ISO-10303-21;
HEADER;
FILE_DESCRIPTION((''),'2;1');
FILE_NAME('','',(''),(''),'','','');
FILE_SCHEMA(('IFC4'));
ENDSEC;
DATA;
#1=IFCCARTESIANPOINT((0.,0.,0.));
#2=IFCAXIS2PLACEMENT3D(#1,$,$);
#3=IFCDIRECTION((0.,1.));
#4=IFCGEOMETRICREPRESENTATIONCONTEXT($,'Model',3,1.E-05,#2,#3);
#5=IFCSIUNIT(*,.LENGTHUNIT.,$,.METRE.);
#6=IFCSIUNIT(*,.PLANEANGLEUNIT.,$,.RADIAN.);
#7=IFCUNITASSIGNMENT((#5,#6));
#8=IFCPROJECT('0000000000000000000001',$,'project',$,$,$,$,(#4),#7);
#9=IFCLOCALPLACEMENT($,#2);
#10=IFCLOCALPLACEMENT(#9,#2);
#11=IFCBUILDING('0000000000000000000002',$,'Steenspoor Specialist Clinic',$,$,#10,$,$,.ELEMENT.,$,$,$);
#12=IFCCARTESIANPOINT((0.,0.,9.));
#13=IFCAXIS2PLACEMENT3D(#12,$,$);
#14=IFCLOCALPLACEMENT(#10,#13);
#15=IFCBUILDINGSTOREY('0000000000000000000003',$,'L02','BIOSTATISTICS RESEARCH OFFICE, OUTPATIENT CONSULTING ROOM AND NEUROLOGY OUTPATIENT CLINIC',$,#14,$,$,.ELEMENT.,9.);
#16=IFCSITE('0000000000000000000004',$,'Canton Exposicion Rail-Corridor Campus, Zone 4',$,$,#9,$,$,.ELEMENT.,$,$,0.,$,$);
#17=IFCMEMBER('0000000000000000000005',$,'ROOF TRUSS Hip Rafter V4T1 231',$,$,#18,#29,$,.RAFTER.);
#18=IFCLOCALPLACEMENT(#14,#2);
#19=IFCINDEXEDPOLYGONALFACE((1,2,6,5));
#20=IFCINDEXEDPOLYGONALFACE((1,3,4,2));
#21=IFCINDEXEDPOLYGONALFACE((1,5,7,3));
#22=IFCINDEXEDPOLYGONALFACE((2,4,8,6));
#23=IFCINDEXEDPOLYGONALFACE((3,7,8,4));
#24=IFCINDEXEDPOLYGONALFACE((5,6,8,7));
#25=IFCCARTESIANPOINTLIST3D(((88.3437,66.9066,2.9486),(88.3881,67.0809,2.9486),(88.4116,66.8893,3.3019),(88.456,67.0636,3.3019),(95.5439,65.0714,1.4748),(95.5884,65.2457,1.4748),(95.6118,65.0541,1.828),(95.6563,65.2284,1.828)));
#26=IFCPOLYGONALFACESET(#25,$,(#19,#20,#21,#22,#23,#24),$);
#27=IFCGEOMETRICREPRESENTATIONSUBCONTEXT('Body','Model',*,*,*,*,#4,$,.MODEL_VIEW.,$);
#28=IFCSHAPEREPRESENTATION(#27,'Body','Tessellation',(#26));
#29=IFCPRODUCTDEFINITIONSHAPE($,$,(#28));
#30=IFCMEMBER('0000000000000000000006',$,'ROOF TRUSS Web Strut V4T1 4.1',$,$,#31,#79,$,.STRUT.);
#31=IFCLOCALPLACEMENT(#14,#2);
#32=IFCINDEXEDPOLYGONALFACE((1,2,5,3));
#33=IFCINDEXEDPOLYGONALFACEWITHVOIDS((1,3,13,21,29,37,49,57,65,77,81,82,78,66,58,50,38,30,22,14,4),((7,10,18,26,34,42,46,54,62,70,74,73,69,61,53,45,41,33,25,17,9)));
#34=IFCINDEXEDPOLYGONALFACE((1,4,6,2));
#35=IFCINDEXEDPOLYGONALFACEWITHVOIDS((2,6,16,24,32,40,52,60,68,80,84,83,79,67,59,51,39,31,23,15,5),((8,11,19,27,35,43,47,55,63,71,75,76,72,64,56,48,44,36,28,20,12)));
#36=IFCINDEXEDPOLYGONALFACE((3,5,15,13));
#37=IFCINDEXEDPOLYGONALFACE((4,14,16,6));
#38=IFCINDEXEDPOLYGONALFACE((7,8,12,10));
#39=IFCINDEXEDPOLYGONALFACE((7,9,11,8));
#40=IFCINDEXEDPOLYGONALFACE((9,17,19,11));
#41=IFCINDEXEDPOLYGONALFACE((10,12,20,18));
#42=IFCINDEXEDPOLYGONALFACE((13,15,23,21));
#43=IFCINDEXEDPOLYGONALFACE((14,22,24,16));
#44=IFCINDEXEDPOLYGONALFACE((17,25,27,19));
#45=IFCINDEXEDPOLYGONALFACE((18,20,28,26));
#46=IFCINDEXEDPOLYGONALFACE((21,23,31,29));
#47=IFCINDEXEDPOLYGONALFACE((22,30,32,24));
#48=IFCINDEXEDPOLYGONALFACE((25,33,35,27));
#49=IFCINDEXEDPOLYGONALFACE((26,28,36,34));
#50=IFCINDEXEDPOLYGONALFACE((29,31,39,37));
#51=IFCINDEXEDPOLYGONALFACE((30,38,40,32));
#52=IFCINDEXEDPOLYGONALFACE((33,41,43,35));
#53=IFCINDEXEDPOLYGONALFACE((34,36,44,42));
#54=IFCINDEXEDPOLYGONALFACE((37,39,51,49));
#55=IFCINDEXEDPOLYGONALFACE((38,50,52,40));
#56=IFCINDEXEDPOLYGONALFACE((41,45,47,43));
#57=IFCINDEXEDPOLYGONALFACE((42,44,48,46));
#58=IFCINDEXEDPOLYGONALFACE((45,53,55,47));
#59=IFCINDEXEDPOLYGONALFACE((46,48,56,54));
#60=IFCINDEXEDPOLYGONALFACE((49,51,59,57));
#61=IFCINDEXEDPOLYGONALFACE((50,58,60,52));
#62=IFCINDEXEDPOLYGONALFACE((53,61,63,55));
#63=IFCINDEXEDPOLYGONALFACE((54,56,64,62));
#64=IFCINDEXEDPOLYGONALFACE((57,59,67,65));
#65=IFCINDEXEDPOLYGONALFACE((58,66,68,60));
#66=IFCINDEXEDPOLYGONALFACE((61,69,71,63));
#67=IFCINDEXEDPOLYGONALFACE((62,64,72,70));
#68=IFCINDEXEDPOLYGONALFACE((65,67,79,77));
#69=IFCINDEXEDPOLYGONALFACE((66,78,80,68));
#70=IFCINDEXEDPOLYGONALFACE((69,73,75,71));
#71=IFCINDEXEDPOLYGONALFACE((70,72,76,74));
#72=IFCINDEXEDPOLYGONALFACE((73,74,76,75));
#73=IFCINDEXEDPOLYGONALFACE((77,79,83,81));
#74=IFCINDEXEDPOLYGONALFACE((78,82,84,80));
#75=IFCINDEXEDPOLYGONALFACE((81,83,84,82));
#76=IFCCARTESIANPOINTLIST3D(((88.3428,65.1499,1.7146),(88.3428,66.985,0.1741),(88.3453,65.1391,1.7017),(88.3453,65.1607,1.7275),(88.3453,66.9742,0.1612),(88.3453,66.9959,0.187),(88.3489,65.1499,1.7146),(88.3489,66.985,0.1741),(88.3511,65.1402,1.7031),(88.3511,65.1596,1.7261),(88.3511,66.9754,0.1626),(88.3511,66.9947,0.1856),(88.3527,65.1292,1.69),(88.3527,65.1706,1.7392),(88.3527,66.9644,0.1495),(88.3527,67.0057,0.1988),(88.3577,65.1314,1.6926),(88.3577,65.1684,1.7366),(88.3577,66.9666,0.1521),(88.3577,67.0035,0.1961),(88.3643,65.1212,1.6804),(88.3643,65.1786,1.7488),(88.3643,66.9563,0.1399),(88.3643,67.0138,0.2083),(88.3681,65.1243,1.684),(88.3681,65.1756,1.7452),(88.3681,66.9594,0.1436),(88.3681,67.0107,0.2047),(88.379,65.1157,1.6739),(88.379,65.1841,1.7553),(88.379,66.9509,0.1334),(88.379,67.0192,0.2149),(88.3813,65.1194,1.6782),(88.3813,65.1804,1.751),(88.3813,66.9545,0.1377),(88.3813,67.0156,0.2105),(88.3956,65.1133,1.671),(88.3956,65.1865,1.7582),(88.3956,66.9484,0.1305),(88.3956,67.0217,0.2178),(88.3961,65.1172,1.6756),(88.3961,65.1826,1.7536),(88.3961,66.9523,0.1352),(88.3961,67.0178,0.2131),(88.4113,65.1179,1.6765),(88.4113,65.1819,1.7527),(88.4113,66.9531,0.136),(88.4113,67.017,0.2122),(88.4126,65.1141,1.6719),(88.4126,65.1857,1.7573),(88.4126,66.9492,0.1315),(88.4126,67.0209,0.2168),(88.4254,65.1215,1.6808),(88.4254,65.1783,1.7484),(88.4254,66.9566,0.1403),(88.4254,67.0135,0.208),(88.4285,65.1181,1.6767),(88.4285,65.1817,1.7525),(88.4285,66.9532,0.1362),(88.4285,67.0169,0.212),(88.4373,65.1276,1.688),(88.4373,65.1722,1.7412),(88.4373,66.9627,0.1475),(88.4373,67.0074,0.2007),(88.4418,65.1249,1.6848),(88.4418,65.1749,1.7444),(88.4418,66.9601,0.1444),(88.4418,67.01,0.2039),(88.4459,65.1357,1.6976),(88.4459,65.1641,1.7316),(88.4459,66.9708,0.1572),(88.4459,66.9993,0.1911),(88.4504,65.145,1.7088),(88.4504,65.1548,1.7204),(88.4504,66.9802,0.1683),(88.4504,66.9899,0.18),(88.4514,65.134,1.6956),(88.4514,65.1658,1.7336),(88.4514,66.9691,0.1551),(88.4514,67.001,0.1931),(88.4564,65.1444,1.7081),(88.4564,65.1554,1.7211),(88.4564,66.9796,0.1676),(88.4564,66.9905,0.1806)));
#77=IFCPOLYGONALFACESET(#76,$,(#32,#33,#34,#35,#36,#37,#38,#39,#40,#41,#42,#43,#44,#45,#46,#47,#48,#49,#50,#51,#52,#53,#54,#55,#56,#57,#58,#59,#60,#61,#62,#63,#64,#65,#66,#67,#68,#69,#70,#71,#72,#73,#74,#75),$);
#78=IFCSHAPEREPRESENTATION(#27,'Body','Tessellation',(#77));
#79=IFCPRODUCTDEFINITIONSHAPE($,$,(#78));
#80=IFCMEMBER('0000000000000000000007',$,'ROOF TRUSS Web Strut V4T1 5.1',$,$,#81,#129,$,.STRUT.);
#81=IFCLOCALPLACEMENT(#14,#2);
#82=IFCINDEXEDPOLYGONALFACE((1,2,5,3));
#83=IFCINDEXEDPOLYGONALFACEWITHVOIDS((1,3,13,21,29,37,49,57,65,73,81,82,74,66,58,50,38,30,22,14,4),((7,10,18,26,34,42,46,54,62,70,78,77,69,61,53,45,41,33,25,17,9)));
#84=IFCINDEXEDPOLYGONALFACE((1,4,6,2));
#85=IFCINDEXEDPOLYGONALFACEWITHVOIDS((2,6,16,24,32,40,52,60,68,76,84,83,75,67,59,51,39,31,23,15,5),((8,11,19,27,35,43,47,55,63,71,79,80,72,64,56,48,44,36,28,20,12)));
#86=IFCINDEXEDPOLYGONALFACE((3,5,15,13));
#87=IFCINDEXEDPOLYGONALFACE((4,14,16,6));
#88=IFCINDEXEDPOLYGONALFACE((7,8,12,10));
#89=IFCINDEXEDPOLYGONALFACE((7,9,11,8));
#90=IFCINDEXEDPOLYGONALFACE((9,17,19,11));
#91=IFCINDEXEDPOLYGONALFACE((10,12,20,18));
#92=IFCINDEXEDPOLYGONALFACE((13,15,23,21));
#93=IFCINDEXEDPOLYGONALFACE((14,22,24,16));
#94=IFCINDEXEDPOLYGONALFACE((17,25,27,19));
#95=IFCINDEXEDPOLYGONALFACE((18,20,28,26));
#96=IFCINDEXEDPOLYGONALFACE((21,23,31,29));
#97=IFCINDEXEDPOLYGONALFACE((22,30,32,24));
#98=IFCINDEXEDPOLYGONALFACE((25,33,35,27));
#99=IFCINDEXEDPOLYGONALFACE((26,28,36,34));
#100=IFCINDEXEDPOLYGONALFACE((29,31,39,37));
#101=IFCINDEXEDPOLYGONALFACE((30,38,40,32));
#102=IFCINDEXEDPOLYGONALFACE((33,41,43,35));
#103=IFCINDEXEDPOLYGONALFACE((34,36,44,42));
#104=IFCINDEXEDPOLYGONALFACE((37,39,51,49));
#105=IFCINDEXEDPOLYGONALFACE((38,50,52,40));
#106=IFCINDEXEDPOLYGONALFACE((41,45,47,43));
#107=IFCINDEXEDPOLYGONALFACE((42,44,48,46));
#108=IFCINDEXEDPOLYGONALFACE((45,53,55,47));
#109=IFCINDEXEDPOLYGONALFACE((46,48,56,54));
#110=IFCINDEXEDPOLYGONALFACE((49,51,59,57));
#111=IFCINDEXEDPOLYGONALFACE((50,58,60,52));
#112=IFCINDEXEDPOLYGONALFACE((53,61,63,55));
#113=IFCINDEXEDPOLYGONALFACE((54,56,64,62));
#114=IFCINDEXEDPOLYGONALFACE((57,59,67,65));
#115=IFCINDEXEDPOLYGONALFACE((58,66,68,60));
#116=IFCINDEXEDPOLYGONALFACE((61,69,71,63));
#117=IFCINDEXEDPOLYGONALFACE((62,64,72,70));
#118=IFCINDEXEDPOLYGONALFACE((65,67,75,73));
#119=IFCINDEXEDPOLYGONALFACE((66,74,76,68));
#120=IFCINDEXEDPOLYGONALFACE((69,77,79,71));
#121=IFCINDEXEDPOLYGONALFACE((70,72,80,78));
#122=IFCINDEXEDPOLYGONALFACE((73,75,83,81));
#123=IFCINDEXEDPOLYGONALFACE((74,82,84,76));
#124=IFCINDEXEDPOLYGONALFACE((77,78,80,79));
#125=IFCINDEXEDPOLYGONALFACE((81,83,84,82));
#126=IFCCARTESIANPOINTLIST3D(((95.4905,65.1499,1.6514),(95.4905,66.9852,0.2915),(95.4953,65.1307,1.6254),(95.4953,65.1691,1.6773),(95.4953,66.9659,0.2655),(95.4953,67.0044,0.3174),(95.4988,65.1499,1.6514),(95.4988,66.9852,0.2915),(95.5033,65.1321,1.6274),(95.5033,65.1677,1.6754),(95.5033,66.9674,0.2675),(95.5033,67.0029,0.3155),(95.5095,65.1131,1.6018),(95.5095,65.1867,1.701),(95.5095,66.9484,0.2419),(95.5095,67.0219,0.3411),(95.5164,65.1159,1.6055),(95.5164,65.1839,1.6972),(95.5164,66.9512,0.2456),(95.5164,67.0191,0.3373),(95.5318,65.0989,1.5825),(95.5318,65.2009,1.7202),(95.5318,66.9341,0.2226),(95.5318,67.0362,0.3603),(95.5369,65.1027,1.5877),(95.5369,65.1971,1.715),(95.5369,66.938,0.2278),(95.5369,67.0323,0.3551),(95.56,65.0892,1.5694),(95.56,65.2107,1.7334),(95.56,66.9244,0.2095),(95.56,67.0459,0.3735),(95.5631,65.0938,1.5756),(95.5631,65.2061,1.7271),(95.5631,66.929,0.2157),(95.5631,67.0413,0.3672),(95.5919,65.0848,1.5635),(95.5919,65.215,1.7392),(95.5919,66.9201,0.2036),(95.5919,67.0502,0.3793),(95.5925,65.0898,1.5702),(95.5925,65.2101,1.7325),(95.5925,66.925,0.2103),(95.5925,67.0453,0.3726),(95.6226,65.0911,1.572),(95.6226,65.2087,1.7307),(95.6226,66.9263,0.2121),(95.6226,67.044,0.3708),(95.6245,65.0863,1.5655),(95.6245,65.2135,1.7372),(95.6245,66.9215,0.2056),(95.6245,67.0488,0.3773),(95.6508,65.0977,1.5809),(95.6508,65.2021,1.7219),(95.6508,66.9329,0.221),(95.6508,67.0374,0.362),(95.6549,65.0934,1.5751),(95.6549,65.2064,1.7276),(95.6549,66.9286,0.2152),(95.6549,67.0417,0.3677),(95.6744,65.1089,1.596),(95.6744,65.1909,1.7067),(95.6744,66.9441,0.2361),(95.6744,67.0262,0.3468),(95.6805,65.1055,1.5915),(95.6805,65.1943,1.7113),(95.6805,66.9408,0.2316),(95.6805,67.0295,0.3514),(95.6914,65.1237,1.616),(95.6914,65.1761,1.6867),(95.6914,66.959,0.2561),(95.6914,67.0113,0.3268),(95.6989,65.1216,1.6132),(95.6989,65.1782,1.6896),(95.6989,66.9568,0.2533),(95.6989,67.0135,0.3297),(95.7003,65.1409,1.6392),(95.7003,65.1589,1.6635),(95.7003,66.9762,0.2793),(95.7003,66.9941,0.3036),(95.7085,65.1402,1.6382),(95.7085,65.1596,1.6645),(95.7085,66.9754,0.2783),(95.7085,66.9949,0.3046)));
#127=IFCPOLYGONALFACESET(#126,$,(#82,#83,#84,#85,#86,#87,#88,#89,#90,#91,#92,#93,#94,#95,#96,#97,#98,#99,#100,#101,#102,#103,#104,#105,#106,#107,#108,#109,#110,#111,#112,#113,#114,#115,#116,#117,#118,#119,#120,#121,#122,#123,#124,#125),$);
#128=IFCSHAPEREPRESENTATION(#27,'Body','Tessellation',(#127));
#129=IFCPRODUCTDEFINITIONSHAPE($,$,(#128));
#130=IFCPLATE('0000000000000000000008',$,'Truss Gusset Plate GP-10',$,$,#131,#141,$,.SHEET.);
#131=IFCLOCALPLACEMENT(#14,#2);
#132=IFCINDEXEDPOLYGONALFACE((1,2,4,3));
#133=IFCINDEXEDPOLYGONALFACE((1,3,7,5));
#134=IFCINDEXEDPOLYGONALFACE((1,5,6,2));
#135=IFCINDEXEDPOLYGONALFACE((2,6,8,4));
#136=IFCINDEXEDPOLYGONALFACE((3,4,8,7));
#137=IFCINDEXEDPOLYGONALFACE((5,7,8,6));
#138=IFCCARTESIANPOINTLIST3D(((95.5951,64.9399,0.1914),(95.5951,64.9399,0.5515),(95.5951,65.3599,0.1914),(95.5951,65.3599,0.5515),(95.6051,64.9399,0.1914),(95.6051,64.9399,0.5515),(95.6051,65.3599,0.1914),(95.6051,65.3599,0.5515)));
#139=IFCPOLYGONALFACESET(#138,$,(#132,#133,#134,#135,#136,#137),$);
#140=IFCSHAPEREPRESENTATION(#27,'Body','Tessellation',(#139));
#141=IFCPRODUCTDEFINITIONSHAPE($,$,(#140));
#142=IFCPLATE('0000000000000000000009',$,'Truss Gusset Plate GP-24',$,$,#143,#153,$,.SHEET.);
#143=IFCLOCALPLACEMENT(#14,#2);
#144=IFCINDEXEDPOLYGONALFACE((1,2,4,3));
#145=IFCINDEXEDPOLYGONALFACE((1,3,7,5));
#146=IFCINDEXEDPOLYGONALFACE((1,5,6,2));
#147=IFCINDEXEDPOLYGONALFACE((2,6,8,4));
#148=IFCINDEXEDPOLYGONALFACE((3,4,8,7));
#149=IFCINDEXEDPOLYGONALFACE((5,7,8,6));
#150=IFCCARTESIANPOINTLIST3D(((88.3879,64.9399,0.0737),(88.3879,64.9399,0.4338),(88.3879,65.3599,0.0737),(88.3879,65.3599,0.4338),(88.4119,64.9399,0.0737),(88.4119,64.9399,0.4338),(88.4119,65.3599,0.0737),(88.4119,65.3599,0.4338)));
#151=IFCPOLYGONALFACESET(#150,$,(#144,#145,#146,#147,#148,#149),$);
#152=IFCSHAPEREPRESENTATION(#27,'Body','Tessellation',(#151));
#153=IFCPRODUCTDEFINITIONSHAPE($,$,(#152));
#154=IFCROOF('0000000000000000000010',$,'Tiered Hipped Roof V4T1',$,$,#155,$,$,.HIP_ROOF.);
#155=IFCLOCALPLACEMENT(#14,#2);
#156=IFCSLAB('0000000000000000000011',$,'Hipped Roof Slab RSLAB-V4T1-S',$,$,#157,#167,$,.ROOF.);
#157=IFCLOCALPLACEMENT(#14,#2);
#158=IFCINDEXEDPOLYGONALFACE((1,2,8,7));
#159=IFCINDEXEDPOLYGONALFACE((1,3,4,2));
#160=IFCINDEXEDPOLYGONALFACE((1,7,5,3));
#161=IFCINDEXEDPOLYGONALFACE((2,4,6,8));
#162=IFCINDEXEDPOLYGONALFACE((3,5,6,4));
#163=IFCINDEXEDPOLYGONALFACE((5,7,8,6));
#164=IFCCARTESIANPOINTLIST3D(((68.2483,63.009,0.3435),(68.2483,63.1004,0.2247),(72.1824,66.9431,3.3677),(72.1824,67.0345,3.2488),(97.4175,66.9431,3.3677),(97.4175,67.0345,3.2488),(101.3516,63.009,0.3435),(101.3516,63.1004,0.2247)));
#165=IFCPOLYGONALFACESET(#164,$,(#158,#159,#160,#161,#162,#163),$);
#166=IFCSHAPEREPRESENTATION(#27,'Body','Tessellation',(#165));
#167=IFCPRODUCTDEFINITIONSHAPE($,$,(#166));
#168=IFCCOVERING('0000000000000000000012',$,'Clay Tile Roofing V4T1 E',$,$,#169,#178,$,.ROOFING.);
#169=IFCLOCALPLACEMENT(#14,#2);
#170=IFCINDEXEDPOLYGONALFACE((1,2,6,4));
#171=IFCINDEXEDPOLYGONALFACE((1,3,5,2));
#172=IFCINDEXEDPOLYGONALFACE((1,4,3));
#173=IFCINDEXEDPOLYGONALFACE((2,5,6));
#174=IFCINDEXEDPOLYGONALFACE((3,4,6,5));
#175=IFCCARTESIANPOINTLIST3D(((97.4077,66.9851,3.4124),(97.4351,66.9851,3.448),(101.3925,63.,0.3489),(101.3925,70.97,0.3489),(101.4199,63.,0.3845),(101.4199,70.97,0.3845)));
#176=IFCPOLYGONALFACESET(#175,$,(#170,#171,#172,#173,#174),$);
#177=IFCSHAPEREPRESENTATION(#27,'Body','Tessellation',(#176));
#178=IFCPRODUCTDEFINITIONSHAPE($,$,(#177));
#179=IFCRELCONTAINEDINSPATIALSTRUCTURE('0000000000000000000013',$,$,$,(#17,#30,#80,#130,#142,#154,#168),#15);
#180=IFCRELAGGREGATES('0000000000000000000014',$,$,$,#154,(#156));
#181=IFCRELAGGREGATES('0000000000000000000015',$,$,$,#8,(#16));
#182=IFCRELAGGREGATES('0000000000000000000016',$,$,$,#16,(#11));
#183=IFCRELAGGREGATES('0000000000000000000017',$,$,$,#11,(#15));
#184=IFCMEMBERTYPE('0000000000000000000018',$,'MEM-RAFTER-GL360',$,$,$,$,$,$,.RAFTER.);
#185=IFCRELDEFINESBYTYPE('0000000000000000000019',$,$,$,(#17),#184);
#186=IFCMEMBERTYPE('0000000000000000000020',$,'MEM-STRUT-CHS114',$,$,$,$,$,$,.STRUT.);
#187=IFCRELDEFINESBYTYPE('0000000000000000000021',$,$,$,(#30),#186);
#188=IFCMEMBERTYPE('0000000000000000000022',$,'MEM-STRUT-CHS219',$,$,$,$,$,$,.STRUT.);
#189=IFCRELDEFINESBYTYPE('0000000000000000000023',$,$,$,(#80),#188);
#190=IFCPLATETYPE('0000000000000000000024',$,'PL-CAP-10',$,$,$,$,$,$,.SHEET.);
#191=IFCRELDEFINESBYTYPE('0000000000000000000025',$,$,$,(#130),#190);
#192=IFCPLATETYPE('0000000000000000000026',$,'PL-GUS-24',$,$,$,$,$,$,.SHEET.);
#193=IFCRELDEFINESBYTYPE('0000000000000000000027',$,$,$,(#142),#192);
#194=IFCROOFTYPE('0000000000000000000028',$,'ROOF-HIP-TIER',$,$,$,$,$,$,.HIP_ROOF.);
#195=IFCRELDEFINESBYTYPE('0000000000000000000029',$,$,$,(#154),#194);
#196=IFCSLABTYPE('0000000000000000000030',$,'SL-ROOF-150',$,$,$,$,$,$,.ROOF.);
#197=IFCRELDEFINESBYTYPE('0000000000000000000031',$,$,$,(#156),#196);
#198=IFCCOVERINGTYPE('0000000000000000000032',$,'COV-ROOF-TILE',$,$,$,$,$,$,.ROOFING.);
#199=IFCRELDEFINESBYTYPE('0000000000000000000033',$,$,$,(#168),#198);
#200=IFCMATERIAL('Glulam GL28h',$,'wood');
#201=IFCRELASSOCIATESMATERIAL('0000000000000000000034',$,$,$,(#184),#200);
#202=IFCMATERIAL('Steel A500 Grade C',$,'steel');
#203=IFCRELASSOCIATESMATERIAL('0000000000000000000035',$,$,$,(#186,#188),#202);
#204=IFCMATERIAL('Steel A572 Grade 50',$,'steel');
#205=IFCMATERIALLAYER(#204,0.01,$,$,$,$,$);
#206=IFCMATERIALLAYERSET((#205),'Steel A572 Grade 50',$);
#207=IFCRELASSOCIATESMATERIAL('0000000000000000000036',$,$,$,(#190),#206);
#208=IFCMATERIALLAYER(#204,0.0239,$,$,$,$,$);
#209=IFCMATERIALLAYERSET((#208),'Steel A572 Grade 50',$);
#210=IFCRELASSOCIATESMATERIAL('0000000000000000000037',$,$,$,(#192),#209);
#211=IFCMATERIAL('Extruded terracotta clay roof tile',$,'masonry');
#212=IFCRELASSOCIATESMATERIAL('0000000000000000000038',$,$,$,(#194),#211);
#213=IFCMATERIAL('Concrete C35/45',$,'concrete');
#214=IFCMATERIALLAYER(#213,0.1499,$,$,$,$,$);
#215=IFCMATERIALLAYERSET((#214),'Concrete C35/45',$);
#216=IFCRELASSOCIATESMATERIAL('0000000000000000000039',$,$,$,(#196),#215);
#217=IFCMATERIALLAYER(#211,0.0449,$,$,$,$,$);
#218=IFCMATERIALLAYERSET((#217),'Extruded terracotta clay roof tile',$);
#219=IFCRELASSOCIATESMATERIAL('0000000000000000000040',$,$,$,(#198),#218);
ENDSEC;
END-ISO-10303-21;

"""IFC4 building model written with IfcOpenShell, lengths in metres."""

from ifc_helpers import new_model, si_unit, direction, frame, origin, origin_2d, place, context, subcontext, project, spatial, polyline, rectangle, hollow_circle, outline, extrude, material, layer, layer_set, material_profile, profile_set, type_object, element, aggregate, save


model = new_model("IFC4")

# Units and contexts
model_context = context("Model", 3, precision=1e-05, world=origin(), true_north=direction((0.0, 1.0)))
body_context = subcontext(model_context, "Body", "Model", "MODEL_VIEW")
ifc_project = project(units=[si_unit("LENGTHUNIT", "METRE"), si_unit("PLANEANGLEUNIT", "RADIAN")], contexts=[model_context])

# Site, building, storey
site_placement = place(None, origin())
site = spatial("IfcSite", under=ifc_project, at=site_placement, Name="Canton Exposicion Rail-Corridor Campus, Zone 4", CompositionType="ELEMENT", RefElevation=0.0)
building_placement = place(site_placement, origin())
building = spatial("IfcBuilding", under=site, at=building_placement, Name="Steenspoor Specialist Clinic", CompositionType="ELEMENT")
storey_placement = place(building_placement, frame((0.0, 0.0, 9.0)))
storey = spatial("IfcBuildingStorey", under=building, at=storey_placement, Name="L02", Description="BIOSTATISTICS RESEARCH OFFICE, OUTPATIENT CONSULTING ROOM AND NEUROLOGY OUTPATIENT CLINIC", CompositionType="ELEMENT", Elevation=9.0)

# Members
ifc_material_1 = material(Name="Steel A500 Grade C", Category="steel")
ifc_material_2 = material(Name="Glulam GL28h", Category="wood")
ifc_material_profile_1 = material_profile(ifc_material_2, rectangle(XDim=0.1799, YDim=0.3601, at=origin_2d()), Name="GL28H-180X360")
ifc_profile_set_1 = profile_set([ifc_material_profile_1], Name="Glulam GL28h")
member_type_1 = type_object("IfcMemberType", Name="MEM-RAFTER-GL360", PredefinedType="RAFTER", material=ifc_profile_set_1)
member_1_placement = place(storey_placement, frame((95.6001, 65.1499, 1.6514), z_axis=(-0.9505, 0.242266, 0.194567), x_axis=(-0.246986, -0.969019, 0.0)))
element("IfcMember", 1, at=member_1_placement, inside=storey, type_object=member_type_1, Name="ROOF TRUSS Hip Rafter V4T1 231", PredefinedType="RAFTER", context=body_context, shape_type="SweptSolid", body=[
    extrude(rectangle(XDim=0.1799, YDim=0.3601, at=origin_2d()), origin(), (0.0, 0.0, 1.0), 7.5752),
])
ifc_material_profile_2 = material_profile(ifc_material_1, hollow_circle(Radius=0.0571, WallThickness=0.0061, at=origin_2d()), Name="CHS114X6.0")
ifc_profile_set_2 = profile_set([ifc_material_profile_2], Name="Steel A500 Grade C")
member_type_2 = type_object("IfcMemberType", Name="MEM-STRUT-CHS114", PredefinedType="STRUT", material=ifc_profile_set_2)
member_2_placement = place(storey_placement, frame((88.3999, 65.1499, 1.7146), z_axis=(0.0, 0.76592, -0.642936), x_axis=(-1.0, 0.0, 0.0)))
element("IfcMember", 2, at=member_2_placement, inside=storey, type_object=member_type_2, Name="ROOF TRUSS Web Strut V4T1 4.1", PredefinedType="STRUT", context=body_context, shape_type="SweptSolid", body=[
    extrude(hollow_circle(Radius=0.0571, WallThickness=0.0061, at=origin_2d()), origin(), (0.0, 0.0, 1.0), 2.396),
])
ifc_material_profile_3 = material_profile(ifc_material_1, hollow_circle(Radius=0.1096, WallThickness=0.0083, at=origin_2d()), Name="CHS219X8.2")
ifc_profile_set_3 = profile_set([ifc_material_profile_3], Name="Steel A500 Grade C")
member_type_3 = type_object("IfcMemberType", Name="MEM-STRUT-CHS219", PredefinedType="STRUT", material=ifc_profile_set_3)
member_3_placement = place(storey_placement, frame((95.6001, 65.1499, 1.6514), z_axis=(0.0, 0.803463, -0.595355), x_axis=(-1.0, 0.0, 0.0)))
element("IfcMember", 3, at=member_3_placement, inside=storey, type_object=member_type_3, Name="ROOF TRUSS Web Strut V4T1 5.1", PredefinedType="STRUT", context=body_context, shape_type="SweptSolid", body=[
    extrude(hollow_circle(Radius=0.1096, WallThickness=0.0083, at=origin_2d()), origin(), (0.0, 0.0, 1.0), 2.2842),
])

# Plates
ifc_material_3 = material(Name="Steel A572 Grade 50", Category="steel")
ifc_layer_1 = layer(ifc_material_3, 0.01)
ifc_layer_set_1 = layer_set([ifc_layer_1], Name="Steel A572 Grade 50")
plate_type_1 = type_object("IfcPlateType", Name="PL-CAP-10", PredefinedType="SHEET", material=ifc_layer_set_1)
plate_1_placement = place(storey_placement, frame((95.6001, 65.1499, 0.1914), z_axis=(0.0, 0.0, 1.0), x_axis=(1.0, 0.0, 0.0)))
element("IfcPlate", 4, at=plate_1_placement, inside=storey, type_object=plate_type_1, Name="Truss Gusset Plate GP-10", PredefinedType="SHEET", context=body_context, shape_type="SweptSolid", body=[
    extrude(rectangle(XDim=0.01, YDim=0.4199, at=origin_2d()), origin(), (0.0, 0.0, 1.0), 0.3601),
])
ifc_layer_2 = layer(ifc_material_3, 0.0239)
ifc_layer_set_2 = layer_set([ifc_layer_2], Name="Steel A572 Grade 50")
plate_type_2 = type_object("IfcPlateType", Name="PL-GUS-24", PredefinedType="SHEET", material=ifc_layer_set_2)
plate_2_placement = place(storey_placement, frame((88.3999, 65.1499, 0.0737), z_axis=(0.0, 0.0, 1.0), x_axis=(1.0, 0.0, 0.0)))
element("IfcPlate", 5, at=plate_2_placement, inside=storey, type_object=plate_type_2, Name="Truss Gusset Plate GP-24", PredefinedType="SHEET", context=body_context, shape_type="SweptSolid", body=[
    extrude(rectangle(XDim=0.0239, YDim=0.4199, at=origin_2d()), origin(), (0.0, 0.0, 1.0), 0.3601),
])

# Roof, slab
ifc_material_4 = material(Name="Extruded terracotta clay roof tile", Category="masonry")
roof_type = type_object("IfcRoofType", Name="ROOF-HIP-TIER", PredefinedType="HIP_ROOF", material=ifc_material_4)
roof_placement = place(storey_placement, origin())
roof = element("IfcRoof", 6, at=roof_placement, inside=storey, type_object=roof_type, Name="Tiered Hipped Roof V4T1", PredefinedType="HIP_ROOF")
ifc_material_5 = material(Name="Concrete C35/45", Category="concrete")
ifc_layer_3 = layer(ifc_material_5, 0.1499)
ifc_layer_set_3 = layer_set([ifc_layer_3], Name="Concrete C35/45")
slab_type = type_object("IfcSlabType", Name="SL-ROOF-150", PredefinedType="ROOF", material=ifc_layer_set_3)
slab_placement = place(storey_placement, frame((101.3516, 63.009, 0.3435), z_axis=(0.0, -0.609452, 0.792823), x_axis=(-0.62126, 0.62126, 0.477569)))
slab = element("IfcSlab", 7, at=slab_placement, type_object=slab_type, Name="Hipped Roof Slab RSLAB-V4T1-S", PredefinedType="ROOF", context=body_context, shape_type="SweptSolid", body=[
    extrude(outline(polyline([(0.0, 0.0), (6.3324, 0.0), (22.01, 19.7743), (20.5657, 25.9399), (0.0, 0.0)])), origin(), (0.0, 0.0, -1.0), 0.1499),
])
aggregate(roof, [slab])

# Covering
ifc_layer_4 = layer(ifc_material_4, 0.0449)
ifc_layer_set_4 = layer_set([ifc_layer_4], Name="Extruded terracotta clay roof tile")
covering_type = type_object("IfcCoveringType", Name="COV-ROOF-TILE", PredefinedType="ROOFING", material=ifc_layer_set_4)
covering_placement = place(storey_placement, frame((101.4199, 63.0, 0.3845), z_axis=(0.609485, 0.0, 0.792797), x_axis=(0.0, 1.0, 0.0)))
element("IfcCovering", 8, at=covering_placement, inside=storey, type_object=covering_type, Name="Clay Tile Roofing V4T1 E", PredefinedType="ROOFING", context=body_context, shape_type="SweptSolid", body=[
    extrude(outline(polyline([(0.0, 0.0), (7.97, 0.0), (3.9851, 5.0263), (0.0, 0.0)])), origin(), (0.0, 0.0, -1.0), 0.0449),
])

save(model, "model.ifc")
